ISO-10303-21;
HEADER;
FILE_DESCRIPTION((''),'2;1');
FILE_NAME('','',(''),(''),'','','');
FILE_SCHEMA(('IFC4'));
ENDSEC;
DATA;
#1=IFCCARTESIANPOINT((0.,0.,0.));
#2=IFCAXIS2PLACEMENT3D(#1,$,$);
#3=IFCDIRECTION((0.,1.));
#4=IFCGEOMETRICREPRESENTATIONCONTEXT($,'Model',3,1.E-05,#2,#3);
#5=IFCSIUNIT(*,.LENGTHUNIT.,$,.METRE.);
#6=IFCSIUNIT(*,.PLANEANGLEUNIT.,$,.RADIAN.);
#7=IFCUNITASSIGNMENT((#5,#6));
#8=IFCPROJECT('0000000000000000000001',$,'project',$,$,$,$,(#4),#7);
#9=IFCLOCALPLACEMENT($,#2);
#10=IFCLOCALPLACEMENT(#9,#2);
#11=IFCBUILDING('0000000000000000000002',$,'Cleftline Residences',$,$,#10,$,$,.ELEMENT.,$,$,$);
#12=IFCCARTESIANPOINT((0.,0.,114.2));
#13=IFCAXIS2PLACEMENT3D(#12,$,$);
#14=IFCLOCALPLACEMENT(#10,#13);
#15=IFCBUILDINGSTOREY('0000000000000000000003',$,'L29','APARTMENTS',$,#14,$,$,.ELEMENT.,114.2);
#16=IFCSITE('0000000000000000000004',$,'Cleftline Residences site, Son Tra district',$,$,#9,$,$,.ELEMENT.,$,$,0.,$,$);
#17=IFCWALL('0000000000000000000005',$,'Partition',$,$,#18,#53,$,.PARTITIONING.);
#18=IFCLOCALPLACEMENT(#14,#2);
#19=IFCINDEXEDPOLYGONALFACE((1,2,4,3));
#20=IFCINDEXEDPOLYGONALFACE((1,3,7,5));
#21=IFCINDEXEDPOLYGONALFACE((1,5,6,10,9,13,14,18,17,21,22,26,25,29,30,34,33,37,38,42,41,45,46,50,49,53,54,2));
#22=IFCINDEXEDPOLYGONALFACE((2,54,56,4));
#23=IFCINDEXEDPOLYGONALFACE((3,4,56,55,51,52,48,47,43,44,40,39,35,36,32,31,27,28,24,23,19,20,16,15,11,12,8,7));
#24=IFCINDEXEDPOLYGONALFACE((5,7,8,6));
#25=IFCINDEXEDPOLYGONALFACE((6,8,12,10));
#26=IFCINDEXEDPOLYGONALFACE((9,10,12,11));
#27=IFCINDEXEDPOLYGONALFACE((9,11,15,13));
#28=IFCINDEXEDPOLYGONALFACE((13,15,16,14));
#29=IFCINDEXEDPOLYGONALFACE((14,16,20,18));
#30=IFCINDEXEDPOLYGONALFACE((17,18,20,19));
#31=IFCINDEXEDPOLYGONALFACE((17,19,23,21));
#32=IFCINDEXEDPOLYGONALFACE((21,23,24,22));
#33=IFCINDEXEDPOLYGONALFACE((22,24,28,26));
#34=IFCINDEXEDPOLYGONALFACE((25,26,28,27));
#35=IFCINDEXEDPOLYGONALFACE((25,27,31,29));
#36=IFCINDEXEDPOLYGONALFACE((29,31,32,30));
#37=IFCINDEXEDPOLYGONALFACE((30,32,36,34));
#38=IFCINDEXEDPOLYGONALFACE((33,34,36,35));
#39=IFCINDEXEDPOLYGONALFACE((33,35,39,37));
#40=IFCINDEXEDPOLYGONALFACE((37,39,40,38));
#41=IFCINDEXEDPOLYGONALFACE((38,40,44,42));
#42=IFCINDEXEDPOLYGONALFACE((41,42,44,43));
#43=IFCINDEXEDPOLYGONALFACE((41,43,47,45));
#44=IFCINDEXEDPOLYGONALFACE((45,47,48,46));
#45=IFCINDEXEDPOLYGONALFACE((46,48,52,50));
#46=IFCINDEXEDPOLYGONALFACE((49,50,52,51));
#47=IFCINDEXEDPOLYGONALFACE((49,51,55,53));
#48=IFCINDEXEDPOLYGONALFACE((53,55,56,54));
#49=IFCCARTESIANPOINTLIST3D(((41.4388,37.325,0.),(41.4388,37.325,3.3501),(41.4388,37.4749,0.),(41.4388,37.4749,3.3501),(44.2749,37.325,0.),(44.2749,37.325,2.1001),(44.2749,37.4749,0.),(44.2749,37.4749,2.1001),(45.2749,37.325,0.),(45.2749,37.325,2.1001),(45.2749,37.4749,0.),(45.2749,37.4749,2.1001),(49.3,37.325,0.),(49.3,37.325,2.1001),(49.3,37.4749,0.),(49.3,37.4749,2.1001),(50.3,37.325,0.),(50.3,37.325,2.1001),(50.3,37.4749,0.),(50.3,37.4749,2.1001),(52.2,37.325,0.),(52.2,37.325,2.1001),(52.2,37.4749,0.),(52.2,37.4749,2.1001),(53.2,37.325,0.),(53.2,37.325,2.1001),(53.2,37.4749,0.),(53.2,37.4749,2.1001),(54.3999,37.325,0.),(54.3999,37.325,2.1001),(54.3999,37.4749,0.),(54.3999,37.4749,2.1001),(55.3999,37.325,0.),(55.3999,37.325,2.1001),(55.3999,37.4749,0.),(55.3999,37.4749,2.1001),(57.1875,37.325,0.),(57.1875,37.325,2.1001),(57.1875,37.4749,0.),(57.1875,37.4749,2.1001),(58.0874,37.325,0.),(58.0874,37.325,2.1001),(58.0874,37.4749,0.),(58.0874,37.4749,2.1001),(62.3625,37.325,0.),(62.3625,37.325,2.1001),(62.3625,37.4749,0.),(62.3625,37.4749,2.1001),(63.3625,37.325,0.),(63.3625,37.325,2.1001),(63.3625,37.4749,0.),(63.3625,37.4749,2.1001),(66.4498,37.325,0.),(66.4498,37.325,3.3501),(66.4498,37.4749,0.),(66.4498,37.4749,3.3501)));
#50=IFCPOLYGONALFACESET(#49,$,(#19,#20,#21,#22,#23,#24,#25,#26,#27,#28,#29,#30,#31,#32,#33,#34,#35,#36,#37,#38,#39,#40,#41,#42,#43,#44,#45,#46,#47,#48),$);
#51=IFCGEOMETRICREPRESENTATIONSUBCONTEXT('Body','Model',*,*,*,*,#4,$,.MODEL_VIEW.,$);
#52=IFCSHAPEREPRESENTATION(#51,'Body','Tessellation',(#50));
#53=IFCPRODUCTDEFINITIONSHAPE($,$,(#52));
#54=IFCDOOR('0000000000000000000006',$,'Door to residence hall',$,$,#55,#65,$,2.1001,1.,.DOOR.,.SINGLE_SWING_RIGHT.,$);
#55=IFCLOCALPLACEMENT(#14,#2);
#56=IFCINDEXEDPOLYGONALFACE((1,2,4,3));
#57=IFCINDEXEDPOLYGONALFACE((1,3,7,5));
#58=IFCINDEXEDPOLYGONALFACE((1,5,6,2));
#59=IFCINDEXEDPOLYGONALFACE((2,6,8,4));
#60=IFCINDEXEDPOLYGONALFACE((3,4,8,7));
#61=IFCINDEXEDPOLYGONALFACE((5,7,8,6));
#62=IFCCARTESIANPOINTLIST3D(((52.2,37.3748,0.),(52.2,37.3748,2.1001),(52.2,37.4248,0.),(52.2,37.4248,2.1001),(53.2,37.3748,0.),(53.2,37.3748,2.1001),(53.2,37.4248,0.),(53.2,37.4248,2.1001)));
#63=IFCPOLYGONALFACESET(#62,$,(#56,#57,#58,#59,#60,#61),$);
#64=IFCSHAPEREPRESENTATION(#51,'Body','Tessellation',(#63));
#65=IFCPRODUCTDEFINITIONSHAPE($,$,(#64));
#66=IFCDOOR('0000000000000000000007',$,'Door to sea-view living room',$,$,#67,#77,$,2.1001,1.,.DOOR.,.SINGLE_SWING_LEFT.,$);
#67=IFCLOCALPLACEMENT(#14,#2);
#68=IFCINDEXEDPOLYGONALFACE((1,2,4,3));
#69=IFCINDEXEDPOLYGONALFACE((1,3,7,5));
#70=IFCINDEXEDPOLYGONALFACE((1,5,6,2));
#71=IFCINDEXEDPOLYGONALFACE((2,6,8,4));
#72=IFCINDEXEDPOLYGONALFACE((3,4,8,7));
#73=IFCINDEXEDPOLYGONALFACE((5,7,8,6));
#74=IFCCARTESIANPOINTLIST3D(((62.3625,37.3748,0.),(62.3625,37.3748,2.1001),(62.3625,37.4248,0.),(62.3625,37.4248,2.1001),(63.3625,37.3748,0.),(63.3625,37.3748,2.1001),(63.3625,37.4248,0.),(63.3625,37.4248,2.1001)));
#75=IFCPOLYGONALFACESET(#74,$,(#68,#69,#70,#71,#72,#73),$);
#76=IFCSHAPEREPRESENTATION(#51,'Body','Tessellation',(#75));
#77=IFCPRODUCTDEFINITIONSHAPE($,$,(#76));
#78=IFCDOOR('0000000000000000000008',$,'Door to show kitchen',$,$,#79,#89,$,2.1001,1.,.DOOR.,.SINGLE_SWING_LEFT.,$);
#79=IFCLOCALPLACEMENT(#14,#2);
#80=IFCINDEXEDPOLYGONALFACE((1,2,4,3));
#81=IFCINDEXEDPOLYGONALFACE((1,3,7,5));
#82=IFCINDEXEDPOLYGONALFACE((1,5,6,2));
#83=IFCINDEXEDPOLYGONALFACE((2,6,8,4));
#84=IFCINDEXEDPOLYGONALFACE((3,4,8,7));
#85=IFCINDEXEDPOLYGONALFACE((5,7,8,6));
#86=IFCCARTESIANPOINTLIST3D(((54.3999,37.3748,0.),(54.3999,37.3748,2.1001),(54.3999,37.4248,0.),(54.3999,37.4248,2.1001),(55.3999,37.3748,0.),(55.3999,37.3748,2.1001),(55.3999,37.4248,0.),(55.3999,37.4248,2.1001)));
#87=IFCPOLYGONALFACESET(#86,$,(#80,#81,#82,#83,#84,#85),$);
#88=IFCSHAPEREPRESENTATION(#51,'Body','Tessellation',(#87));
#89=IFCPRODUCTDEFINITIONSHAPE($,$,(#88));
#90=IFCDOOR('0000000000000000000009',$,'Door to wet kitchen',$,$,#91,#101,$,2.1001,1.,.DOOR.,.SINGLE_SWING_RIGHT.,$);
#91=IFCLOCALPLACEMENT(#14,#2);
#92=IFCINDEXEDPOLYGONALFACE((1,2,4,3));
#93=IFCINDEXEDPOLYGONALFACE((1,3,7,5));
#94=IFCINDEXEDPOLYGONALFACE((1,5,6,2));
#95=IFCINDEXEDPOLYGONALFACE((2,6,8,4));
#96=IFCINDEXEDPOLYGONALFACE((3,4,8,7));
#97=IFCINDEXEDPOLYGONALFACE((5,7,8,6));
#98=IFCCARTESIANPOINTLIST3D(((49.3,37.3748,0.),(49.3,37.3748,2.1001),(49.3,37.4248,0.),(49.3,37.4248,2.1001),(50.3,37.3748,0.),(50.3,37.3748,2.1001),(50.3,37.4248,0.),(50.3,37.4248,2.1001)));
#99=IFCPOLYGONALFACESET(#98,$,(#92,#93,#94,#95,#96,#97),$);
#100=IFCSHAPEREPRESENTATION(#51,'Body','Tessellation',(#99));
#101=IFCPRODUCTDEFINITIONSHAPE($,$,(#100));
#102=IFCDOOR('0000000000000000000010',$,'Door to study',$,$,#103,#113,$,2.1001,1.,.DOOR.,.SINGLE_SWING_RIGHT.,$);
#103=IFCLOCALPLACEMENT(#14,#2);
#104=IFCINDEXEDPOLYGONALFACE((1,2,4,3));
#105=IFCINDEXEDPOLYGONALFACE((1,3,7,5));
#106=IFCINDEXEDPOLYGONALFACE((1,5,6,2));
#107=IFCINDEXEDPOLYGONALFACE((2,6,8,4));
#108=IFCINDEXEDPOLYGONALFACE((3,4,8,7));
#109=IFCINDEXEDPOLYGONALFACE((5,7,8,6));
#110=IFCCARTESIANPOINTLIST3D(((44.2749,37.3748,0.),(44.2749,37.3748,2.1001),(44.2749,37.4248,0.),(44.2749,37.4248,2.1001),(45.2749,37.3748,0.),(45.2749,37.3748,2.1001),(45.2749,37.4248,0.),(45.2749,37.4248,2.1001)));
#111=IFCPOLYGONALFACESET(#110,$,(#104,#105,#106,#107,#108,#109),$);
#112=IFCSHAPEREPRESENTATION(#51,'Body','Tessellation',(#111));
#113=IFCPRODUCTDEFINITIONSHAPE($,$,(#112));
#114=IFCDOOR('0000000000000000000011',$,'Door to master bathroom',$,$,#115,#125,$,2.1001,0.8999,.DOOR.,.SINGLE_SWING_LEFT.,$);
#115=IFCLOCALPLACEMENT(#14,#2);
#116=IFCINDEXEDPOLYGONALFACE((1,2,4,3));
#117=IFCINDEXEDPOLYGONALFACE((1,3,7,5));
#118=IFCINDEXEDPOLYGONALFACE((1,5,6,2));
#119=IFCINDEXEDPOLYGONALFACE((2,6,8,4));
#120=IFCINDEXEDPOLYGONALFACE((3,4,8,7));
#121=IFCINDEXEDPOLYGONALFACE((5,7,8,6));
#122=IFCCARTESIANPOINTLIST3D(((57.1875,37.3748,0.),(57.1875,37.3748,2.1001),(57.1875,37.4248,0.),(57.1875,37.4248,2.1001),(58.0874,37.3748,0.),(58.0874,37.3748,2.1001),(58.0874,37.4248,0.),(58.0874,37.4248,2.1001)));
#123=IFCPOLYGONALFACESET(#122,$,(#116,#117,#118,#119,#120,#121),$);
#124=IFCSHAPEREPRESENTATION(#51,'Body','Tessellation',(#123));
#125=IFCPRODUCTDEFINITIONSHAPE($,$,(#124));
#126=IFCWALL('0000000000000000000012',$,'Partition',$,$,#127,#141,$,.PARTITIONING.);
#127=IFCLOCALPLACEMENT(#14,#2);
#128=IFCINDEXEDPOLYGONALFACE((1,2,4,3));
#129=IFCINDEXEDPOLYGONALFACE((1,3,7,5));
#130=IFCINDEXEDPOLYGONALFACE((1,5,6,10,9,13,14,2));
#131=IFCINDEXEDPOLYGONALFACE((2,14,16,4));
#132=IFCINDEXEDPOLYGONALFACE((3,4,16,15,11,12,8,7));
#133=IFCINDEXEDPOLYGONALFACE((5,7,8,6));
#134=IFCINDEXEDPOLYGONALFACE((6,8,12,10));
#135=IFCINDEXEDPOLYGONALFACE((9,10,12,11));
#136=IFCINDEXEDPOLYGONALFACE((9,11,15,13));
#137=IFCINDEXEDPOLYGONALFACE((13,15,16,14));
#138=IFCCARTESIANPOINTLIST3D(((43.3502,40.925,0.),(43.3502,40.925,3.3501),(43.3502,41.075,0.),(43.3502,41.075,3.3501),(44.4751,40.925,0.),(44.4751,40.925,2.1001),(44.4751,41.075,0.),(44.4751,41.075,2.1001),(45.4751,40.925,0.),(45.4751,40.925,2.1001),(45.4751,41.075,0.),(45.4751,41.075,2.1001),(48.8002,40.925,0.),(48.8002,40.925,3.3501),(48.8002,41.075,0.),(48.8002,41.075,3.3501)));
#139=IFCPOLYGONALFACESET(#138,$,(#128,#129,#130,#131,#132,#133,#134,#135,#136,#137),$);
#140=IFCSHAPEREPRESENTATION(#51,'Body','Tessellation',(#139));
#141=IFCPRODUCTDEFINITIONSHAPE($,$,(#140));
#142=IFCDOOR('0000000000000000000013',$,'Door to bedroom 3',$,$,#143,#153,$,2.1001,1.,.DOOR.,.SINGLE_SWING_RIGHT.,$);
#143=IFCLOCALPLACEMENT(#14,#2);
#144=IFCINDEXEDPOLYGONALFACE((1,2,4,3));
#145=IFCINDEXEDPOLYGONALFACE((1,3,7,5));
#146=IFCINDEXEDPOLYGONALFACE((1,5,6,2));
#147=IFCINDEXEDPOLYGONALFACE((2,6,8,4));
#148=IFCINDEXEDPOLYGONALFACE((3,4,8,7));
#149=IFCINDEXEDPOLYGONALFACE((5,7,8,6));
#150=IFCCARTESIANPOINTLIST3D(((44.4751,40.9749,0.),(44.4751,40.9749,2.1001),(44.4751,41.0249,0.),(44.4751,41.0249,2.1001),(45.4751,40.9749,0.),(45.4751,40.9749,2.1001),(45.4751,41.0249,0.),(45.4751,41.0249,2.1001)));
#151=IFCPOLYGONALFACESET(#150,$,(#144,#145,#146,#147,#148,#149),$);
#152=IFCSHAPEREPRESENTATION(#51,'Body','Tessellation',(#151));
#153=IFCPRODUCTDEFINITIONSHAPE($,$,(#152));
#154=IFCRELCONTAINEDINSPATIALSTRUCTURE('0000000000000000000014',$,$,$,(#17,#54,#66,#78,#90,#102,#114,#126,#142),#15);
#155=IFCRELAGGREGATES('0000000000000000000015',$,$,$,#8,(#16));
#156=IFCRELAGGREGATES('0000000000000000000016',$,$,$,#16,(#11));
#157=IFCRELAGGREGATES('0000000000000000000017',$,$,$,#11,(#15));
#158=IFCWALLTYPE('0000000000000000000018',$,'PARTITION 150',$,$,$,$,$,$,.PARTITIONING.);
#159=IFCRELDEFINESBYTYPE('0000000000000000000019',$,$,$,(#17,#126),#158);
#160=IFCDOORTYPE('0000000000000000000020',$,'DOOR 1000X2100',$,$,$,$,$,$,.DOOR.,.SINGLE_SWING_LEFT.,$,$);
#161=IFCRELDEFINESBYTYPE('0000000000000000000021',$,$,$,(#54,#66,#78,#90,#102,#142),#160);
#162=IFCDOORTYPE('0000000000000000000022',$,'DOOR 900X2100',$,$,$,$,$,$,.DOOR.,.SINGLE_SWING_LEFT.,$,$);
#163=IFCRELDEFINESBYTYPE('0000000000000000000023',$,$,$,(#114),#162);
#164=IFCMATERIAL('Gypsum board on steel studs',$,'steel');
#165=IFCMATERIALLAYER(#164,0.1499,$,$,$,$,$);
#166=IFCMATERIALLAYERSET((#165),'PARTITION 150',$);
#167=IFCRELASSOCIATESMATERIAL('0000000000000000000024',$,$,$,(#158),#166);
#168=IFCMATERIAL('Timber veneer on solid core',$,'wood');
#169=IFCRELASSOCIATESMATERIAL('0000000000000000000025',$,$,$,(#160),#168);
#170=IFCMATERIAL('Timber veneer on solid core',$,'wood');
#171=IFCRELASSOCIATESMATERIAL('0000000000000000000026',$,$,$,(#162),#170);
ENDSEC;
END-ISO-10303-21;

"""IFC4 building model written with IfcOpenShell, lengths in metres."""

from ifc_helpers import new_model, si_unit, direction, frame, frame_2d, origin, place, context, subcontext, project, spatial, rectangle, extrude, material, layer, layer_set, type_object, element, fill, save


model = new_model("IFC4")

# Units and contexts
model_context = context("Model", 3, precision=1e-05, world=origin(), true_north=direction((0.0, 1.0)))
body_context = subcontext(model_context, "Body", "Model", "MODEL_VIEW")
ifc_project = project(units=[si_unit("LENGTHUNIT", "METRE"), si_unit("PLANEANGLEUNIT", "RADIAN")], contexts=[model_context])

# Site, building, storey
site_placement = place(None, origin())
site = spatial("IfcSite", under=ifc_project, at=site_placement, Name="Cleftline Residences site, Son Tra district", CompositionType="ELEMENT", RefElevation=0.0)
building_placement = place(site_placement, origin())
building = spatial("IfcBuilding", under=site, at=building_placement, Name="Cleftline Residences", CompositionType="ELEMENT")
storey_placement = place(building_placement, frame((0.0, 0.0, 114.2)))
storey = spatial("IfcBuildingStorey", under=building, at=storey_placement, Name="L29", Description="APARTMENTS", CompositionType="ELEMENT", Elevation=114.2)

# Wall, openings, doors
ifc_material_1 = material(Name="Gypsum board on steel studs", Category="steel")
ifc_layer_1 = layer(ifc_material_1, 0.1499)
ifc_layer_set_1 = layer_set([ifc_layer_1], Name="PARTITION 150")
wall_type = type_object("IfcWallType", Name="PARTITION 150", PredefinedType="PARTITIONING", material=ifc_layer_set_1)
wall_1_placement = place(storey_placement, frame((41.439, 37.3999, 0.0), z_axis=(0.0, 0.0, 1.0), x_axis=(1.0, 0.0, 0.0)))
wall_1 = element("IfcWall", 1, at=wall_1_placement, inside=storey, type_object=wall_type, Name="Partition", PredefinedType="PARTITIONING", context=body_context, shape_type="SweptSolid", body=[
    extrude(rectangle(XDim=25.011, YDim=0.1499, at=frame_2d((12.5054, 0.0))), origin(), (0.0, 0.0, 1.0), 3.3501),
])
opening_1_placement = place(wall_1_placement, frame((10.761, 0.0, 0.0)))
opening_1 = element("IfcOpeningElement", 2, at=opening_1_placement, cuts=wall_1, PredefinedType="OPENING", context=body_context, shape_type="SweptSolid", body=[
    extrude(rectangle(XDim=1.0, YDim=2.1001, at=frame_2d((0.5, 1.05))), frame((0.0, 0.085, 0.0), z_axis=(0.0, -1.0, 0.0), x_axis=(1.0, 0.0, 0.0)), (0.0, 0.0, 1.0), 0.1699),
])
opening_2_placement = place(wall_1_placement, frame((20.9236, 0.0, 0.0)))
opening_2 = element("IfcOpeningElement", 3, at=opening_2_placement, cuts=wall_1, PredefinedType="OPENING", context=body_context, shape_type="SweptSolid", body=[
    extrude(rectangle(XDim=1.0, YDim=2.1001, at=frame_2d((0.5, 1.05))), frame((0.0, 0.085, 0.0), z_axis=(0.0, -1.0, 0.0), x_axis=(1.0, 0.0, 0.0)), (0.0, 0.0, 1.0), 0.1699),
])
opening_3_placement = place(wall_1_placement, frame((15.7485, 0.0, 0.0)))
opening_3 = element("IfcOpeningElement", 4, at=opening_3_placement, cuts=wall_1, PredefinedType="OPENING", context=body_context, shape_type="SweptSolid", body=[
    extrude(rectangle(XDim=0.8999, YDim=2.1001, at=frame_2d((0.45, 1.05))), frame((0.0, 0.085, 0.0), z_axis=(0.0, -1.0, 0.0), x_axis=(1.0, 0.0, 0.0)), (0.0, 0.0, 1.0), 0.1699),
])
opening_4_placement = place(wall_1_placement, frame((12.9609, 0.0, 0.0)))
opening_4 = element("IfcOpeningElement", 5, at=opening_4_placement, cuts=wall_1, PredefinedType="OPENING", context=body_context, shape_type="SweptSolid", body=[
    extrude(rectangle(XDim=1.0, YDim=2.1001, at=frame_2d((0.5, 1.05))), frame((0.0, 0.085, 0.0), z_axis=(0.0, -1.0, 0.0), x_axis=(1.0, 0.0, 0.0)), (0.0, 0.0, 1.0), 0.1699),
])
opening_5_placement = place(wall_1_placement, frame((7.8611, 0.0, 0.0)))
opening_5 = element("IfcOpeningElement", 6, at=opening_5_placement, cuts=wall_1, PredefinedType="OPENING", context=body_context, shape_type="SweptSolid", body=[
    extrude(rectangle(XDim=1.0, YDim=2.1001, at=frame_2d((0.5, 1.05))), frame((0.0, 0.085, 0.0), z_axis=(0.0, -1.0, 0.0), x_axis=(1.0, 0.0, 0.0)), (0.0, 0.0, 1.0), 0.1699),
])
opening_6_placement = place(wall_1_placement, frame((2.8359, 0.0, 0.0)))
opening_6 = element("IfcOpeningElement", 7, at=opening_6_placement, cuts=wall_1, PredefinedType="OPENING", context=body_context, shape_type="SweptSolid", body=[
    extrude(rectangle(XDim=1.0, YDim=2.1001, at=frame_2d((0.5, 1.05))), frame((0.0, 0.085, 0.0), z_axis=(0.0, -1.0, 0.0), x_axis=(1.0, 0.0, 0.0)), (0.0, 0.0, 1.0), 0.1699),
])
ifc_material_2 = material(Name="Timber veneer on solid core", Category="wood")
door_type_1 = type_object("IfcDoorType", Name="DOOR 1000X2100", OperationType="SINGLE_SWING_LEFT", PredefinedType="DOOR", material=ifc_material_2)
door_1_placement = place(opening_1_placement, origin())
door_1 = element("IfcDoor", 8, at=door_1_placement, inside=storey, type_object=door_type_1, Name="Door to residence hall", OperationType="SINGLE_SWING_RIGHT", OverallHeight=2.1001, OverallWidth=1.0, PredefinedType="DOOR", context=body_context, shape_type="SweptSolid", body=[
    extrude(rectangle(XDim=1.0, YDim=2.1001, at=frame_2d((0.5, 1.05))), frame((0.0, 0.0249, 0.0), z_axis=(0.0, -1.0, 0.0), x_axis=(1.0, 0.0, 0.0)), (0.0, 0.0, 1.0), 0.05),
])
fill(opening_1, door_1)
door_2_placement = place(opening_2_placement, origin())
door_2 = element("IfcDoor", 9, at=door_2_placement, inside=storey, type_object=door_type_1, Name="Door to sea-view living room", OperationType="SINGLE_SWING_LEFT", OverallHeight=2.1001, OverallWidth=1.0, PredefinedType="DOOR", context=body_context, shape_type="SweptSolid", body=[
    extrude(rectangle(XDim=1.0, YDim=2.1001, at=frame_2d((0.5, 1.05))), frame((0.0, 0.0249, 0.0), z_axis=(0.0, -1.0, 0.0), x_axis=(1.0, 0.0, 0.0)), (0.0, 0.0, 1.0), 0.05),
])
fill(opening_2, door_2)
door_3_placement = place(opening_4_placement, origin())
door_3 = element("IfcDoor", 10, at=door_3_placement, inside=storey, type_object=door_type_1, Name="Door to show kitchen", OperationType="SINGLE_SWING_LEFT", OverallHeight=2.1001, OverallWidth=1.0, PredefinedType="DOOR", context=body_context, shape_type="SweptSolid", body=[
    extrude(rectangle(XDim=1.0, YDim=2.1001, at=frame_2d((0.5, 1.05))), frame((0.0, 0.0249, 0.0), z_axis=(0.0, -1.0, 0.0), x_axis=(1.0, 0.0, 0.0)), (0.0, 0.0, 1.0), 0.05),
])
fill(opening_4, door_3)
door_4_placement = place(opening_5_placement, origin())
door_4 = element("IfcDoor", 11, at=door_4_placement, inside=storey, type_object=door_type_1, Name="Door to wet kitchen", OperationType="SINGLE_SWING_RIGHT", OverallHeight=2.1001, OverallWidth=1.0, PredefinedType="DOOR", context=body_context, shape_type="SweptSolid", body=[
    extrude(rectangle(XDim=1.0, YDim=2.1001, at=frame_2d((0.5, 1.05))), frame((0.0, 0.0249, 0.0), z_axis=(0.0, -1.0, 0.0), x_axis=(1.0, 0.0, 0.0)), (0.0, 0.0, 1.0), 0.05),
])
fill(opening_5, door_4)
door_5_placement = place(opening_6_placement, origin())
door_5 = element("IfcDoor", 12, at=door_5_placement, inside=storey, type_object=door_type_1, Name="Door to study", OperationType="SINGLE_SWING_RIGHT", OverallHeight=2.1001, OverallWidth=1.0, PredefinedType="DOOR", context=body_context, shape_type="SweptSolid", body=[
    extrude(rectangle(XDim=1.0, YDim=2.1001, at=frame_2d((0.5, 1.05))), frame((0.0, 0.0249, 0.0), z_axis=(0.0, -1.0, 0.0), x_axis=(1.0, 0.0, 0.0)), (0.0, 0.0, 1.0), 0.05),
])
fill(opening_6, door_5)
ifc_material_3 = material(Name="Timber veneer on solid core", Category="wood")
door_type_2 = type_object("IfcDoorType", Name="DOOR 900X2100", OperationType="SINGLE_SWING_LEFT", PredefinedType="DOOR", material=ifc_material_3)
door_6_placement = place(opening_3_placement, origin())
door_6 = element("IfcDoor", 13, at=door_6_placement, inside=storey, type_object=door_type_2, Name="Door to master bathroom", OperationType="SINGLE_SWING_LEFT", OverallHeight=2.1001, OverallWidth=0.8999, PredefinedType="DOOR", context=body_context, shape_type="SweptSolid", body=[
    extrude(rectangle(XDim=0.8999, YDim=2.1001, at=frame_2d((0.45, 1.05))), frame((0.0, 0.0249, 0.0), z_axis=(0.0, -1.0, 0.0), x_axis=(1.0, 0.0, 0.0)), (0.0, 0.0, 1.0), 0.05),
])
fill(opening_3, door_6)

# Wall, opening, door
wall_2_placement = place(storey_placement, frame((43.3501, 41.0, 0.0), z_axis=(0.0, 0.0, 1.0), x_axis=(1.0, 0.0, 0.0)))
wall_2 = element("IfcWall", 14, at=wall_2_placement, inside=storey, type_object=wall_type, Name="Partition", PredefinedType="PARTITIONING", context=body_context, shape_type="SweptSolid", body=[
    extrude(rectangle(XDim=5.45, YDim=0.1499, at=frame_2d((2.7251, 0.0))), origin(), (0.0, 0.0, 1.0), 3.3501),
])
opening_7_placement = place(wall_2_placement, frame((1.125, 0.0, 0.0)))
opening_7 = element("IfcOpeningElement", 15, at=opening_7_placement, cuts=wall_2, PredefinedType="OPENING", context=body_context, shape_type="SweptSolid", body=[
    extrude(rectangle(XDim=1.0, YDim=2.1001, at=frame_2d((0.5, 1.05))), frame((0.0, 0.085, 0.0), z_axis=(0.0, -1.0, 0.0), x_axis=(1.0, 0.0, 0.0)), (0.0, 0.0, 1.0), 0.1699),
])
door_7_placement = place(opening_7_placement, origin())
door_7 = element("IfcDoor", 16, at=door_7_placement, inside=storey, type_object=door_type_1, Name="Door to bedroom 3", OperationType="SINGLE_SWING_RIGHT", OverallHeight=2.1001, OverallWidth=1.0, PredefinedType="DOOR", context=body_context, shape_type="SweptSolid", body=[
    extrude(rectangle(XDim=1.0, YDim=2.1001, at=frame_2d((0.5, 1.05))), frame((0.0, 0.0249, 0.0), z_axis=(0.0, -1.0, 0.0), x_axis=(1.0, 0.0, 0.0)), (0.0, 0.0, 1.0), 0.05),
])
fill(opening_7, door_7)

save(model, "model.ifc")
